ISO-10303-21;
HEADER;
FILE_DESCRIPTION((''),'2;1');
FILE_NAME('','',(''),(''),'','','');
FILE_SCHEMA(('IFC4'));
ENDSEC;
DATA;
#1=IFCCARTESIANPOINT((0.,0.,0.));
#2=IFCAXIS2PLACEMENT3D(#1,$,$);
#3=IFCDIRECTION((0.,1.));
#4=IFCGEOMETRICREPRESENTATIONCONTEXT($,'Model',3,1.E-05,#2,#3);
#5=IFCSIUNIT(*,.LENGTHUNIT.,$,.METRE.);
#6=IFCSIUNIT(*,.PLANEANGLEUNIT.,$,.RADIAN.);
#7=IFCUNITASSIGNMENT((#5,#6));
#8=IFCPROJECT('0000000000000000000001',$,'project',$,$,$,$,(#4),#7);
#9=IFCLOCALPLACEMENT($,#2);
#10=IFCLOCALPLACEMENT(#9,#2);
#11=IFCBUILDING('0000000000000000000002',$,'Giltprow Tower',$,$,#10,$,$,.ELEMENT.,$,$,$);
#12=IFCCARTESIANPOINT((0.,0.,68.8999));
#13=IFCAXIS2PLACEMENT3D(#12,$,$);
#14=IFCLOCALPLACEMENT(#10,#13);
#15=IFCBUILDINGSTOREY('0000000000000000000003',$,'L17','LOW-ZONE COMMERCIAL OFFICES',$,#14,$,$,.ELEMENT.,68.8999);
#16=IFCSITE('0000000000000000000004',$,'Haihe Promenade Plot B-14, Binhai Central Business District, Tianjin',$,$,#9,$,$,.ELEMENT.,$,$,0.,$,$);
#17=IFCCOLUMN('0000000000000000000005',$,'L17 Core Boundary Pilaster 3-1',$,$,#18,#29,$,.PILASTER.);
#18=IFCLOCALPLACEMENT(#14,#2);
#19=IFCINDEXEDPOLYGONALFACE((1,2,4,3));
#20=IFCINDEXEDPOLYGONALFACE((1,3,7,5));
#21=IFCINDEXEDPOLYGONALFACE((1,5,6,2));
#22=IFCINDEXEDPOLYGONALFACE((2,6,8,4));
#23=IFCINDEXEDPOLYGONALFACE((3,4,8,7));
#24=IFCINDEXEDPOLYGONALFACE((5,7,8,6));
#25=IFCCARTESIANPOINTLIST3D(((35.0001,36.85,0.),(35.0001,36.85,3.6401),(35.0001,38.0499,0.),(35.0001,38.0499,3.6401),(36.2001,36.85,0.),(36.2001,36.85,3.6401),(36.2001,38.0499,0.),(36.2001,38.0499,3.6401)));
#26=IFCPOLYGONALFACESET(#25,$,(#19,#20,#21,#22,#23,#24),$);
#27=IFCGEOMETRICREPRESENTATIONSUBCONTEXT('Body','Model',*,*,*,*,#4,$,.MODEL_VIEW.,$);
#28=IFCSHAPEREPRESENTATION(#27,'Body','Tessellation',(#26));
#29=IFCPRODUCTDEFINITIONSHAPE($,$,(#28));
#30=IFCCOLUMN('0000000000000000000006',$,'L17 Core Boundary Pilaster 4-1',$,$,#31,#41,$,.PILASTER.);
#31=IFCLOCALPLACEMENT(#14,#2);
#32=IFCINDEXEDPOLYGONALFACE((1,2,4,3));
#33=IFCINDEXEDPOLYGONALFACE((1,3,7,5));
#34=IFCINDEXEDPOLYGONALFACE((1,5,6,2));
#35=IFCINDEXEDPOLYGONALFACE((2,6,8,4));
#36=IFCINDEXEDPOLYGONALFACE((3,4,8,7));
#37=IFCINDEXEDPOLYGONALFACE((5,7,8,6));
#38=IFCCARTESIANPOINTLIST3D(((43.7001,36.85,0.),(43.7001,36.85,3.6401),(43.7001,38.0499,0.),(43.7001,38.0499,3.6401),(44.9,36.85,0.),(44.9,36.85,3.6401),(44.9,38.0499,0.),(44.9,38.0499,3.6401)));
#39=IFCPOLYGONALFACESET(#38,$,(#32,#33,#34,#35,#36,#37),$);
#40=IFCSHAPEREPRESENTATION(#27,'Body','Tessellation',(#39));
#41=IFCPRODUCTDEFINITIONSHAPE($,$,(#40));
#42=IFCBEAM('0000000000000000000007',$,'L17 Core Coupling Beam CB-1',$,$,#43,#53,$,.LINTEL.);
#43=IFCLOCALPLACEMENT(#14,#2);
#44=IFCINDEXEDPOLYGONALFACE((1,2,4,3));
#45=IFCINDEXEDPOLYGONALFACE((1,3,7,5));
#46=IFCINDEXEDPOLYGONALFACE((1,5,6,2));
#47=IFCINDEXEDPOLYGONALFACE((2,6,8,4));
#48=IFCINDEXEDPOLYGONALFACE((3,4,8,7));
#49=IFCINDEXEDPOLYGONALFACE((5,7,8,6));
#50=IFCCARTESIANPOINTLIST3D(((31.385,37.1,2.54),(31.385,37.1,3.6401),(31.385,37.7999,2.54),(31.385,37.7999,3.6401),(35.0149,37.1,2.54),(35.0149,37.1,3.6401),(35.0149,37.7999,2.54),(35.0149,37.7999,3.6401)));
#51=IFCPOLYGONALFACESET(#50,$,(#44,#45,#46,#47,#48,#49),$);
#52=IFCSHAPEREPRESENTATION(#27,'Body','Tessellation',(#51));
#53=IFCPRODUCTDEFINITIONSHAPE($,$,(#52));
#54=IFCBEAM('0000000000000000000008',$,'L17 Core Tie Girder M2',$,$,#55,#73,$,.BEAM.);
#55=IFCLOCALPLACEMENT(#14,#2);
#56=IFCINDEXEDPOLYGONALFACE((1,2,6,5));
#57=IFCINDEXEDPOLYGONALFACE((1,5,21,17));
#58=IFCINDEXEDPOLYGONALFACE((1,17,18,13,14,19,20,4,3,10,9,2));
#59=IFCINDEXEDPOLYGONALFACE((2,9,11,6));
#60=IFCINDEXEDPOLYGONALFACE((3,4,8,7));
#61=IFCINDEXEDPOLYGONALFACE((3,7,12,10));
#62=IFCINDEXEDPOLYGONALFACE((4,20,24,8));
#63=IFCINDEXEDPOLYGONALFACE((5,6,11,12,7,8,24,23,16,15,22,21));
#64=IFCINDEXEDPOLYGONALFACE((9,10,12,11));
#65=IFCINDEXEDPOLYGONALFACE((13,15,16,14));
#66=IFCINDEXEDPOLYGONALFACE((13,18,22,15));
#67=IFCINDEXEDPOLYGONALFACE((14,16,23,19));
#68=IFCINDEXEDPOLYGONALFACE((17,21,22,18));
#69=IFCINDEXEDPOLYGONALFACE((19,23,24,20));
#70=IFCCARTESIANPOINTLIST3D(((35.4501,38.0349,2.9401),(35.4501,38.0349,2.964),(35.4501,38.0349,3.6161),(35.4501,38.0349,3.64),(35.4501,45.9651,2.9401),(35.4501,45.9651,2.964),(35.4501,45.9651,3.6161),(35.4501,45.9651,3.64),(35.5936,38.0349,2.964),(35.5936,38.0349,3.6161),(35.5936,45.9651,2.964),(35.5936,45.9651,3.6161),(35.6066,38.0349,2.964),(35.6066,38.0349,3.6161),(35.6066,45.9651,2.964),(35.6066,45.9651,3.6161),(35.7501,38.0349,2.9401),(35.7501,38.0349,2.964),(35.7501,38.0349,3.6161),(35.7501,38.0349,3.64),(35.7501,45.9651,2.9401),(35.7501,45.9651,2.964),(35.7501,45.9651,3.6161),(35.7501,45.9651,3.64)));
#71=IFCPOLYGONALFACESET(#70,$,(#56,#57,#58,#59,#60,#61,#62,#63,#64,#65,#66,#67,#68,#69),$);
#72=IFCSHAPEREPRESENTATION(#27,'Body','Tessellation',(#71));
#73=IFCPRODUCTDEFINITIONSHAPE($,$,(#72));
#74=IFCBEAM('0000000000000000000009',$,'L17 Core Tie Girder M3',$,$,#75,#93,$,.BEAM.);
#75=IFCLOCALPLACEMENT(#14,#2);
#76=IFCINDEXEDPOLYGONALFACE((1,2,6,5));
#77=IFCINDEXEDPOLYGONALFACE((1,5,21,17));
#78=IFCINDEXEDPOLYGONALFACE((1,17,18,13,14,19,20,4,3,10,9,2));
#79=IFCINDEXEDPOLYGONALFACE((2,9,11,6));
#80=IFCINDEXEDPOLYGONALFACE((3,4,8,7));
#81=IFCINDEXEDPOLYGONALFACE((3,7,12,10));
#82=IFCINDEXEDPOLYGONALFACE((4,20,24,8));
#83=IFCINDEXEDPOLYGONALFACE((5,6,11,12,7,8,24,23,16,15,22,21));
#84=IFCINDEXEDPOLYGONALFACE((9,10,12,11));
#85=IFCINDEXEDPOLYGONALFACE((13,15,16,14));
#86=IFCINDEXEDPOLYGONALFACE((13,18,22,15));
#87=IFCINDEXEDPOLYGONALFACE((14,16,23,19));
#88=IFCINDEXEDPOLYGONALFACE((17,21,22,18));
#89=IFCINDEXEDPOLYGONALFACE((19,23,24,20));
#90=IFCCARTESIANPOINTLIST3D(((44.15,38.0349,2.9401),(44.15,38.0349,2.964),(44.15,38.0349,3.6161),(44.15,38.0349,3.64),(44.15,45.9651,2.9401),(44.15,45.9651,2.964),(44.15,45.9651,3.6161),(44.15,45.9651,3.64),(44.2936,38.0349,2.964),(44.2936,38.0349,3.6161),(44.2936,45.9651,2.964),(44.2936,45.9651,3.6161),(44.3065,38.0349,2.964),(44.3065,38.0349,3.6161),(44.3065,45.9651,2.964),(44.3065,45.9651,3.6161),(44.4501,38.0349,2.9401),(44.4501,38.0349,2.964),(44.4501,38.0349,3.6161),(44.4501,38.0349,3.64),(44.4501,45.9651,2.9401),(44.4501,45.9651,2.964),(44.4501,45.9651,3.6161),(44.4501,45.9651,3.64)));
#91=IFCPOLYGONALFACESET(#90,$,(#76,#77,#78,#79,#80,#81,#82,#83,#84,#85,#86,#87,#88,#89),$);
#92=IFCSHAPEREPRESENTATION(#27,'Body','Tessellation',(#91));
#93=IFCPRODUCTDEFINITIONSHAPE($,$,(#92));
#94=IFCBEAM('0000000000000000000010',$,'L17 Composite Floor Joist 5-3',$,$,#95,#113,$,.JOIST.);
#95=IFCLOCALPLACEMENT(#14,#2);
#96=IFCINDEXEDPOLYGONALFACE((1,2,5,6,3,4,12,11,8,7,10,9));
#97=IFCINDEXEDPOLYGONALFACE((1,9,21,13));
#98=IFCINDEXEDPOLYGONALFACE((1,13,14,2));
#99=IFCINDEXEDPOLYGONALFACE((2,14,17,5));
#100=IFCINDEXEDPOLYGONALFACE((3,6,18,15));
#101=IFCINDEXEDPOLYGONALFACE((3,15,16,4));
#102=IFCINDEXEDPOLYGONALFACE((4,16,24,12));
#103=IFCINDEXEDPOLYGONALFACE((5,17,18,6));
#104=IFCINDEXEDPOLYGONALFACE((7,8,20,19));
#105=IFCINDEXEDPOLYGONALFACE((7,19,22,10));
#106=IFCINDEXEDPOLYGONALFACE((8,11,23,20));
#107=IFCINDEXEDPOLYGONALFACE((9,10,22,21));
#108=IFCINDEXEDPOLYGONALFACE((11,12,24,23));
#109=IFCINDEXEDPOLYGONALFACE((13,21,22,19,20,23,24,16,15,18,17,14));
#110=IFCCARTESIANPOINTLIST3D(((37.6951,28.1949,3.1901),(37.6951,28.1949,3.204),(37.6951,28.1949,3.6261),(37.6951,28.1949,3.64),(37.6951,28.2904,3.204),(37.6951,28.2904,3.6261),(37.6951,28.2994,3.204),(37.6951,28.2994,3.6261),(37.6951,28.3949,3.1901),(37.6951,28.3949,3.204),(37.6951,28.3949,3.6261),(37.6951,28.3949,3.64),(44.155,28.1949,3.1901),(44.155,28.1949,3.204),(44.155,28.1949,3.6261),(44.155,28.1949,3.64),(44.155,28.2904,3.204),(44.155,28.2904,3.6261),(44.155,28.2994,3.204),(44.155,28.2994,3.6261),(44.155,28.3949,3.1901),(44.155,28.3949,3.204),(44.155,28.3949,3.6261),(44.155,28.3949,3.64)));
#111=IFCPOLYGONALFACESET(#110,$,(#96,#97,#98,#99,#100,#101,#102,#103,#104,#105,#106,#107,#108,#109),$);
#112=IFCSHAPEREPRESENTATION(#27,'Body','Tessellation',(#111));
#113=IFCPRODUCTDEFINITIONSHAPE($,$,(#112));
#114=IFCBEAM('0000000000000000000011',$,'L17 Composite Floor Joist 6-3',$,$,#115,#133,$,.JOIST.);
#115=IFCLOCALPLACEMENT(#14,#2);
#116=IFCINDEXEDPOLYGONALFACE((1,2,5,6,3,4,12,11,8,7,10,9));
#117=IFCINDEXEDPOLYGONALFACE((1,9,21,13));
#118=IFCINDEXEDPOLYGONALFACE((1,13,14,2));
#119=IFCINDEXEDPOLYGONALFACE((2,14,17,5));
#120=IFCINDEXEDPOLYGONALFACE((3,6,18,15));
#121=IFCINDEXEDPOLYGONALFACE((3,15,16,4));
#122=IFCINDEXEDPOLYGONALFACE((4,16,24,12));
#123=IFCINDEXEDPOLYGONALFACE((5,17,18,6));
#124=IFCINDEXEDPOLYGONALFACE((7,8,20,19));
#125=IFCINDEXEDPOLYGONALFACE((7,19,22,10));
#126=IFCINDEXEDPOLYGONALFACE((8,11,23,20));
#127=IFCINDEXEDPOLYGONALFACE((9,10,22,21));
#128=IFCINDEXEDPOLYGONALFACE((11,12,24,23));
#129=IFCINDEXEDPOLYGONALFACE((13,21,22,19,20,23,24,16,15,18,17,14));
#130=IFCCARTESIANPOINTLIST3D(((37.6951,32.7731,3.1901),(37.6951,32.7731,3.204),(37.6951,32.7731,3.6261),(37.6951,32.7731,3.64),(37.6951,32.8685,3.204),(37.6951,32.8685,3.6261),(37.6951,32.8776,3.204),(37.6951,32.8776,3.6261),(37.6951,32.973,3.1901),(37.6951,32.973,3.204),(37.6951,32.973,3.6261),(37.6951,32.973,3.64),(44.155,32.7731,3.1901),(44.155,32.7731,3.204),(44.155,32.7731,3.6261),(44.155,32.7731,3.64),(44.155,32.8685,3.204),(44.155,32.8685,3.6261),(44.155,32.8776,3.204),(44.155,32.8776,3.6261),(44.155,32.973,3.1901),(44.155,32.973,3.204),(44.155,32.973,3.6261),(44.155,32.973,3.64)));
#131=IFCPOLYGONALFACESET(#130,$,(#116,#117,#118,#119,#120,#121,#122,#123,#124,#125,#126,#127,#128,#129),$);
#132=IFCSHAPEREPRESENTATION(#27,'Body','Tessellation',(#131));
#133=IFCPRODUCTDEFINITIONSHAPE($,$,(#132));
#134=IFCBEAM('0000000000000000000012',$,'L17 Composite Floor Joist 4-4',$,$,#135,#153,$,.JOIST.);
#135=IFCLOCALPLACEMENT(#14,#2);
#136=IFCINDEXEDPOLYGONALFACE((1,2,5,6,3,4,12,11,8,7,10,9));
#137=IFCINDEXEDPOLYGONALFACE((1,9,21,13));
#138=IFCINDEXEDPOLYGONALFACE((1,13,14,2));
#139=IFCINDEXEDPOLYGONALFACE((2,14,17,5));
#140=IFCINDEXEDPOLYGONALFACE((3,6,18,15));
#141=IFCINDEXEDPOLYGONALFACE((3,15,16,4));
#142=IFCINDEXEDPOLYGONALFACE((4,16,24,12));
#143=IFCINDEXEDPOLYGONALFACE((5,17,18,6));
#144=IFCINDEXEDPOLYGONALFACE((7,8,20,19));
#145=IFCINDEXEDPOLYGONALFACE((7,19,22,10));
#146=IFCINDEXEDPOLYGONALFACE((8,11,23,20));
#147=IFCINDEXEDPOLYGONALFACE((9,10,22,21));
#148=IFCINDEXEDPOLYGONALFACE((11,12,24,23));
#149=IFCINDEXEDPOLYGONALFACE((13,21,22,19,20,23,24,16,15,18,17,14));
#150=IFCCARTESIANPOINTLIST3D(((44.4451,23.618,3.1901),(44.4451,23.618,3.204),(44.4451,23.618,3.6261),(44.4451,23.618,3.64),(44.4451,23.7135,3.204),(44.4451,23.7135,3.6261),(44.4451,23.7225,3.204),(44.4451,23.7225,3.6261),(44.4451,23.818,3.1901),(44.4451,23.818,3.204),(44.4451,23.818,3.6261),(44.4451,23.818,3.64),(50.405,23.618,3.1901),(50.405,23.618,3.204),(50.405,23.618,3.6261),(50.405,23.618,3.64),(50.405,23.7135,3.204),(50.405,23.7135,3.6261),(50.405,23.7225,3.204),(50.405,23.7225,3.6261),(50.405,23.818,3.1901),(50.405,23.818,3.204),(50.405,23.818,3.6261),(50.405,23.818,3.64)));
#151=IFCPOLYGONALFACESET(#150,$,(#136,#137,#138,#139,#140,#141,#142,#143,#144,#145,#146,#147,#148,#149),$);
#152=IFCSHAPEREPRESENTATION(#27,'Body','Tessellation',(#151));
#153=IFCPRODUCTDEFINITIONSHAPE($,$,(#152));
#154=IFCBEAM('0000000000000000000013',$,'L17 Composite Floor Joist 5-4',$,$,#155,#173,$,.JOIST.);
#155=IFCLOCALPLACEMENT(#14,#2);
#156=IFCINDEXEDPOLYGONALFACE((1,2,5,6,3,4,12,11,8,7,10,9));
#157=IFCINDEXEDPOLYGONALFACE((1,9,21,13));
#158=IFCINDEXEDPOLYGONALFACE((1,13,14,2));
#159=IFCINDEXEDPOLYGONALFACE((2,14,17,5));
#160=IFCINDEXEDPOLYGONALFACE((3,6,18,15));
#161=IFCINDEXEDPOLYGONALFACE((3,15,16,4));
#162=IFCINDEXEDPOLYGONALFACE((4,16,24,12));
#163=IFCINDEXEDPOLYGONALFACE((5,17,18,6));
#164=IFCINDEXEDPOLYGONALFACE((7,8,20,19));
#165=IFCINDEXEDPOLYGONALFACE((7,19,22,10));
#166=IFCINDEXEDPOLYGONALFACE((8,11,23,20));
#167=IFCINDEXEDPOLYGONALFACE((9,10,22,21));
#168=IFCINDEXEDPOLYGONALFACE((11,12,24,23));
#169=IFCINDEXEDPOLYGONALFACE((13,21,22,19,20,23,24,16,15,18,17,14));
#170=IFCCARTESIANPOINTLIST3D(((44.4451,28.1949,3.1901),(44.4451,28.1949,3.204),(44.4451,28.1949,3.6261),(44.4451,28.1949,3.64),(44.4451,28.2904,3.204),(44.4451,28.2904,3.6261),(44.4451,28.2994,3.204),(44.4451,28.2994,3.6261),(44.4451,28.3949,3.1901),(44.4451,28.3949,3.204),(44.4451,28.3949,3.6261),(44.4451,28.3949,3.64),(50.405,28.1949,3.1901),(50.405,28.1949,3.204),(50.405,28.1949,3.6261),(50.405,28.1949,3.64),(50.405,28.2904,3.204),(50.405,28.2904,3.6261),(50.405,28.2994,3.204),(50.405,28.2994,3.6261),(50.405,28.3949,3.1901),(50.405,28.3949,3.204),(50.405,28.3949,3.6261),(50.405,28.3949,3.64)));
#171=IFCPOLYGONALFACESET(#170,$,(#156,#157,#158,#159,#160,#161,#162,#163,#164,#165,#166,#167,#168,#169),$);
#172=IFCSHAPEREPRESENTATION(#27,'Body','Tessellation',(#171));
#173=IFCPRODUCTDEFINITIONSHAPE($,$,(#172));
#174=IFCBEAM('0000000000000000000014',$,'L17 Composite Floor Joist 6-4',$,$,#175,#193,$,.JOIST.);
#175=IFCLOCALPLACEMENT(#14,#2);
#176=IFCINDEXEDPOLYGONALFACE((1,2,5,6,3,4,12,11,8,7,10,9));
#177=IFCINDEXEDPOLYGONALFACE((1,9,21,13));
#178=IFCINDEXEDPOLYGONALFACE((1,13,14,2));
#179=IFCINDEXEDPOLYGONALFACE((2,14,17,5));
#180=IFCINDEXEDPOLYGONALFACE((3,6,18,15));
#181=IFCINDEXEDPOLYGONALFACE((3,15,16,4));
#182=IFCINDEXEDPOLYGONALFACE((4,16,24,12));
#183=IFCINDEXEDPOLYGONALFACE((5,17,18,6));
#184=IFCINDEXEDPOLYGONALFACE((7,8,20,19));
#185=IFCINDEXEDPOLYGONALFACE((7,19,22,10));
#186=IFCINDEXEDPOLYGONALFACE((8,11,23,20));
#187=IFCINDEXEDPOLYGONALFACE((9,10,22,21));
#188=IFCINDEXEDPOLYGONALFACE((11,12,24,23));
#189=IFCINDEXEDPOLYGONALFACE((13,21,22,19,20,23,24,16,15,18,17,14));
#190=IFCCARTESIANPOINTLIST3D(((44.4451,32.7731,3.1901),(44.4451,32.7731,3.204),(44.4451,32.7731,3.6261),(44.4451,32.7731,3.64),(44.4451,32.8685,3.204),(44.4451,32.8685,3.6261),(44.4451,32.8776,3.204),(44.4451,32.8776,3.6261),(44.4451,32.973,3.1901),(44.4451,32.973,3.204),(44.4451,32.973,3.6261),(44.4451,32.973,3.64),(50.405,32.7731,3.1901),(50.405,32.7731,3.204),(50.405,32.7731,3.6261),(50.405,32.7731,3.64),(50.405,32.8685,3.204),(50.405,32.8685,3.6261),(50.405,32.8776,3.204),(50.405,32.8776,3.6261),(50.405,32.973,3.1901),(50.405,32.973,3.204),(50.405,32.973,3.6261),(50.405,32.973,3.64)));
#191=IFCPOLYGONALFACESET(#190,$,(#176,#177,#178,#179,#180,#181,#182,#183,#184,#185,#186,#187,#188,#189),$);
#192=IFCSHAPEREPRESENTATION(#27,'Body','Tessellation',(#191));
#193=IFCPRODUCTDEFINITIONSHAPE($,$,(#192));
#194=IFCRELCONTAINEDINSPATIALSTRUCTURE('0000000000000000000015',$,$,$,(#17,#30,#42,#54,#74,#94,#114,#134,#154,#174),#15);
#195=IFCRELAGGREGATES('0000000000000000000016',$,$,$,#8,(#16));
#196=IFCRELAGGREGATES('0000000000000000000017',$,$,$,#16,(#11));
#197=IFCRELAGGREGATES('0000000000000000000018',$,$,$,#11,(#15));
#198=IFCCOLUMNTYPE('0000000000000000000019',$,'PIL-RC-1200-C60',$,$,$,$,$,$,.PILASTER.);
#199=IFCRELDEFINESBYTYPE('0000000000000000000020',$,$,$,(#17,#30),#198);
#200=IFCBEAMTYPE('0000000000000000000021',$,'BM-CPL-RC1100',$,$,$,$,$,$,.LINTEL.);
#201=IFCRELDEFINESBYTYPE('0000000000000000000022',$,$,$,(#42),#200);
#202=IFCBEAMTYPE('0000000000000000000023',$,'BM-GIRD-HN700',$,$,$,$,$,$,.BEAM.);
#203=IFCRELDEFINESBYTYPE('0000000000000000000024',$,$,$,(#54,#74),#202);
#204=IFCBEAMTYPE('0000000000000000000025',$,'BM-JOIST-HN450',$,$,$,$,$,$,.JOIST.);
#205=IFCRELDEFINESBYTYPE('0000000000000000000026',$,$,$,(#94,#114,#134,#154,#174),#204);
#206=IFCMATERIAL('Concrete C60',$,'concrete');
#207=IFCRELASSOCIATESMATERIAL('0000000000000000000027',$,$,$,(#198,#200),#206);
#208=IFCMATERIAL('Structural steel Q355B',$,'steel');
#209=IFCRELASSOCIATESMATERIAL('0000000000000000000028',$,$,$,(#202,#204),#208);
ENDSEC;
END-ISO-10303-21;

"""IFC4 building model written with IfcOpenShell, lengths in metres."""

from ifc_helpers import new_model, si_unit, direction, frame, origin, origin_2d, place, context, subcontext, project, spatial, rectangle, i_section, extrude, source, transform, mapped, material, material_profile, profile_set, type_object, element, save


model = new_model("IFC4")

# Units and contexts
model_context = context("Model", 3, precision=1e-05, world=origin(), true_north=direction((0.0, 1.0)))
body_context = subcontext(model_context, "Body", "Model", "MODEL_VIEW")
ifc_project = project(units=[si_unit("LENGTHUNIT", "METRE"), si_unit("PLANEANGLEUNIT", "RADIAN")], contexts=[model_context])

# Site, building, storey
site_placement = place(None, origin())
site = spatial("IfcSite", under=ifc_project, at=site_placement, Name="Haihe Promenade Plot B-14, Binhai Central Business District, Tianjin", CompositionType="ELEMENT", RefElevation=0.0)
building_placement = place(site_placement, origin())
building = spatial("IfcBuilding", under=site, at=building_placement, Name="Giltprow Tower", CompositionType="ELEMENT")
storey_placement = place(building_placement, frame((0.0, 0.0, 68.8999)))
storey = spatial("IfcBuildingStorey", under=building, at=storey_placement, Name="L17", Description="LOW-ZONE COMMERCIAL OFFICES", CompositionType="ELEMENT", Elevation=68.8999)

# Columns
ifc_material_1 = material(Name="Concrete C60", Category="concrete")
ifc_material_profile_1 = material_profile(ifc_material_1, rectangle(XDim=1.2, YDim=1.2, at=origin_2d()), Name="RC 1200x1200")
ifc_profile_set_1 = profile_set([ifc_material_profile_1], Name="Concrete C60")
column_type = type_object("IfcColumnType", Name="PIL-RC-1200-C60", PredefinedType="PILASTER", material=ifc_profile_set_1)
shared_shape_1 = source(origin(), body_context, "Body", "SweptSolid", [
    extrude(rectangle(XDim=1.2, YDim=1.2, at=origin_2d()), origin(), (0.0, 0.0, 1.0), 3.6401),
])
for number, where, z_axis, x_axis, name in (
    (1, (35.6001, 37.45, 0.0), (0.0, 0.0, 1.0), (1.0, 0.0, 0.0), "L17 Core Boundary Pilaster 3-1"),
    (2, (44.3, 37.45, 0.0), (0.0, 0.0, 1.0), (1.0, 0.0, 0.0), "L17 Core Boundary Pilaster 4-1"),
):
    element("IfcColumn", number, at=place(storey_placement, frame(where, z_axis=z_axis, x_axis=x_axis)), inside=storey, type_object=column_type, Name=name, PredefinedType="PILASTER", context=body_context, shape_type="MappedRepresentation", body=[
        mapped(shared_shape_1, transform((0.0, 0.0, 0.0), x_axis=(1.0, 0.0, 0.0), y_axis=(0.0, 1.0, 0.0), z_axis=(0.0, 0.0, 1.0), scale=1.0)),
    ])

# Beams
ifc_material_profile_2 = material_profile(ifc_material_1, rectangle(XDim=0.7, YDim=1.1001, at=origin_2d()), Name="RC 1100x700")
ifc_profile_set_2 = profile_set([ifc_material_profile_2], Name="Concrete C60")
beam_type_1 = type_object("IfcBeamType", Name="BM-CPL-RC1100", PredefinedType="LINTEL", material=ifc_profile_set_2)
shared_shape_2 = source(origin(), body_context, "Body", "SweptSolid", [
    extrude(rectangle(XDim=0.7, YDim=1.1001, at=origin_2d()), origin(), (0.0, 0.0, 1.0), 3.6299),
])
beam_placement = place(storey_placement, frame((31.385, 37.45, 3.0901), z_axis=(1.0, 0.0, 0.0), x_axis=(0.0, 1.0, 0.0)))
element("IfcBeam", 3, at=beam_placement, inside=storey, type_object=beam_type_1, Name="L17 Core Coupling Beam CB-1", PredefinedType="LINTEL", context=body_context, shape_type="MappedRepresentation", body=[
    mapped(shared_shape_2, transform((0.0, 0.0, 0.0), x_axis=(1.0, 0.0, 0.0), y_axis=(0.0, 1.0, 0.0), z_axis=(0.0, 0.0, 1.0), scale=1.0)),
])
ifc_material_2 = material(Name="Structural steel Q355B", Category="steel")
ifc_material_profile_3 = material_profile(ifc_material_2, i_section(OverallWidth=0.3, OverallDepth=0.7, WebThickness=0.0129, FlangeThickness=0.0239, at=origin_2d()), Name="HN 700x300x13x24")
ifc_profile_set_3 = profile_set([ifc_material_profile_3], Name="Structural steel Q355B")
beam_type_2 = type_object("IfcBeamType", Name="BM-GIRD-HN700", PredefinedType="BEAM", material=ifc_profile_set_3)
shared_shape_3 = source(origin(), body_context, "Body", "SweptSolid", [
    extrude(i_section(OverallWidth=0.3, OverallDepth=0.7, WebThickness=0.0129, FlangeThickness=0.0239, at=origin_2d()), origin(), (0.0, 0.0, 1.0), 7.9302),
])
for number, where, z_axis, x_axis, name in (
    (4, (35.6001, 38.0349, 3.29), (0.0, 1.0, 0.0), (-1.0, 0.0, 0.0), "L17 Core Tie Girder M2"),
    (5, (44.3, 38.0349, 3.29), (0.0, 1.0, 0.0), (-1.0, 0.0, 0.0), "L17 Core Tie Girder M3"),
):
    element("IfcBeam", number, at=place(storey_placement, frame(where, z_axis=z_axis, x_axis=x_axis)), inside=storey, type_object=beam_type_2, Name=name, PredefinedType="BEAM", context=body_context, shape_type="MappedRepresentation", body=[
        mapped(shared_shape_3, transform((0.0, 0.0, 0.0), x_axis=(1.0, 0.0, 0.0), y_axis=(0.0, 1.0, 0.0), z_axis=(0.0, 0.0, 1.0), scale=1.0)),
    ])
ifc_material_profile_4 = material_profile(ifc_material_2, i_section(OverallWidth=0.2, OverallDepth=0.45, WebThickness=0.009, FlangeThickness=0.0139, at=origin_2d()), Name="HN 450x200x9x14")
ifc_profile_set_4 = profile_set([ifc_material_profile_4], Name="Structural steel Q355B")
beam_type_3 = type_object("IfcBeamType", Name="BM-JOIST-HN450", PredefinedType="JOIST", material=ifc_profile_set_4)
shared_shape_4 = source(origin(), body_context, "Body", "SweptSolid", [
    extrude(i_section(OverallWidth=0.2, OverallDepth=0.45, WebThickness=0.009, FlangeThickness=0.0139, at=origin_2d()), origin(), (0.0, 0.0, 1.0), 6.46),
])
for number, where, z_axis, x_axis, name in (
    (6, (37.6951, 28.2949, 3.415), (1.0, 0.0, 0.0), (0.0, 1.0, 0.0), "L17 Composite Floor Joist 5-3"),
    (7, (37.6951, 32.873, 3.415), (1.0, 0.0, 0.0), (0.0, 1.0, 0.0), "L17 Composite Floor Joist 6-3"),
):
    element("IfcBeam", number, at=place(storey_placement, frame(where, z_axis=z_axis, x_axis=x_axis)), inside=storey, type_object=beam_type_3, Name=name, PredefinedType="JOIST", context=body_context, shape_type="MappedRepresentation", body=[
        mapped(shared_shape_4, transform((0.0, 0.0, 0.0), x_axis=(1.0, 0.0, 0.0), y_axis=(0.0, 1.0, 0.0), z_axis=(0.0, 0.0, 1.0), scale=1.0)),
    ])
shared_shape_5 = source(origin(), body_context, "Body", "SweptSolid", [
    extrude(i_section(OverallWidth=0.2, OverallDepth=0.45, WebThickness=0.009, FlangeThickness=0.0139, at=origin_2d()), origin(), (0.0, 0.0, 1.0), 5.96),
])
for number, where, z_axis, x_axis, name in (
    (8, (44.4451, 23.718, 3.415), (1.0, 0.0, 0.0), (0.0, 1.0, 0.0), "L17 Composite Floor Joist 4-4"),
    (9, (44.4451, 28.2949, 3.415), (1.0, 0.0, 0.0), (0.0, 1.0, 0.0), "L17 Composite Floor Joist 5-4"),
    (10, (44.4451, 32.873, 3.415), (1.0, 0.0, 0.0), (0.0, 1.0, 0.0), "L17 Composite Floor Joist 6-4"),
):
    element("IfcBeam", number, at=place(storey_placement, frame(where, z_axis=z_axis, x_axis=x_axis)), inside=storey, type_object=beam_type_3, Name=name, PredefinedType="JOIST", context=body_context, shape_type="MappedRepresentation", body=[
        mapped(shared_shape_5, transform((0.0, 0.0, 0.0), x_axis=(1.0, 0.0, 0.0), y_axis=(0.0, 1.0, 0.0), z_axis=(0.0, 0.0, 1.0), scale=1.0)),
    ])

save(model, "model.ifc")
